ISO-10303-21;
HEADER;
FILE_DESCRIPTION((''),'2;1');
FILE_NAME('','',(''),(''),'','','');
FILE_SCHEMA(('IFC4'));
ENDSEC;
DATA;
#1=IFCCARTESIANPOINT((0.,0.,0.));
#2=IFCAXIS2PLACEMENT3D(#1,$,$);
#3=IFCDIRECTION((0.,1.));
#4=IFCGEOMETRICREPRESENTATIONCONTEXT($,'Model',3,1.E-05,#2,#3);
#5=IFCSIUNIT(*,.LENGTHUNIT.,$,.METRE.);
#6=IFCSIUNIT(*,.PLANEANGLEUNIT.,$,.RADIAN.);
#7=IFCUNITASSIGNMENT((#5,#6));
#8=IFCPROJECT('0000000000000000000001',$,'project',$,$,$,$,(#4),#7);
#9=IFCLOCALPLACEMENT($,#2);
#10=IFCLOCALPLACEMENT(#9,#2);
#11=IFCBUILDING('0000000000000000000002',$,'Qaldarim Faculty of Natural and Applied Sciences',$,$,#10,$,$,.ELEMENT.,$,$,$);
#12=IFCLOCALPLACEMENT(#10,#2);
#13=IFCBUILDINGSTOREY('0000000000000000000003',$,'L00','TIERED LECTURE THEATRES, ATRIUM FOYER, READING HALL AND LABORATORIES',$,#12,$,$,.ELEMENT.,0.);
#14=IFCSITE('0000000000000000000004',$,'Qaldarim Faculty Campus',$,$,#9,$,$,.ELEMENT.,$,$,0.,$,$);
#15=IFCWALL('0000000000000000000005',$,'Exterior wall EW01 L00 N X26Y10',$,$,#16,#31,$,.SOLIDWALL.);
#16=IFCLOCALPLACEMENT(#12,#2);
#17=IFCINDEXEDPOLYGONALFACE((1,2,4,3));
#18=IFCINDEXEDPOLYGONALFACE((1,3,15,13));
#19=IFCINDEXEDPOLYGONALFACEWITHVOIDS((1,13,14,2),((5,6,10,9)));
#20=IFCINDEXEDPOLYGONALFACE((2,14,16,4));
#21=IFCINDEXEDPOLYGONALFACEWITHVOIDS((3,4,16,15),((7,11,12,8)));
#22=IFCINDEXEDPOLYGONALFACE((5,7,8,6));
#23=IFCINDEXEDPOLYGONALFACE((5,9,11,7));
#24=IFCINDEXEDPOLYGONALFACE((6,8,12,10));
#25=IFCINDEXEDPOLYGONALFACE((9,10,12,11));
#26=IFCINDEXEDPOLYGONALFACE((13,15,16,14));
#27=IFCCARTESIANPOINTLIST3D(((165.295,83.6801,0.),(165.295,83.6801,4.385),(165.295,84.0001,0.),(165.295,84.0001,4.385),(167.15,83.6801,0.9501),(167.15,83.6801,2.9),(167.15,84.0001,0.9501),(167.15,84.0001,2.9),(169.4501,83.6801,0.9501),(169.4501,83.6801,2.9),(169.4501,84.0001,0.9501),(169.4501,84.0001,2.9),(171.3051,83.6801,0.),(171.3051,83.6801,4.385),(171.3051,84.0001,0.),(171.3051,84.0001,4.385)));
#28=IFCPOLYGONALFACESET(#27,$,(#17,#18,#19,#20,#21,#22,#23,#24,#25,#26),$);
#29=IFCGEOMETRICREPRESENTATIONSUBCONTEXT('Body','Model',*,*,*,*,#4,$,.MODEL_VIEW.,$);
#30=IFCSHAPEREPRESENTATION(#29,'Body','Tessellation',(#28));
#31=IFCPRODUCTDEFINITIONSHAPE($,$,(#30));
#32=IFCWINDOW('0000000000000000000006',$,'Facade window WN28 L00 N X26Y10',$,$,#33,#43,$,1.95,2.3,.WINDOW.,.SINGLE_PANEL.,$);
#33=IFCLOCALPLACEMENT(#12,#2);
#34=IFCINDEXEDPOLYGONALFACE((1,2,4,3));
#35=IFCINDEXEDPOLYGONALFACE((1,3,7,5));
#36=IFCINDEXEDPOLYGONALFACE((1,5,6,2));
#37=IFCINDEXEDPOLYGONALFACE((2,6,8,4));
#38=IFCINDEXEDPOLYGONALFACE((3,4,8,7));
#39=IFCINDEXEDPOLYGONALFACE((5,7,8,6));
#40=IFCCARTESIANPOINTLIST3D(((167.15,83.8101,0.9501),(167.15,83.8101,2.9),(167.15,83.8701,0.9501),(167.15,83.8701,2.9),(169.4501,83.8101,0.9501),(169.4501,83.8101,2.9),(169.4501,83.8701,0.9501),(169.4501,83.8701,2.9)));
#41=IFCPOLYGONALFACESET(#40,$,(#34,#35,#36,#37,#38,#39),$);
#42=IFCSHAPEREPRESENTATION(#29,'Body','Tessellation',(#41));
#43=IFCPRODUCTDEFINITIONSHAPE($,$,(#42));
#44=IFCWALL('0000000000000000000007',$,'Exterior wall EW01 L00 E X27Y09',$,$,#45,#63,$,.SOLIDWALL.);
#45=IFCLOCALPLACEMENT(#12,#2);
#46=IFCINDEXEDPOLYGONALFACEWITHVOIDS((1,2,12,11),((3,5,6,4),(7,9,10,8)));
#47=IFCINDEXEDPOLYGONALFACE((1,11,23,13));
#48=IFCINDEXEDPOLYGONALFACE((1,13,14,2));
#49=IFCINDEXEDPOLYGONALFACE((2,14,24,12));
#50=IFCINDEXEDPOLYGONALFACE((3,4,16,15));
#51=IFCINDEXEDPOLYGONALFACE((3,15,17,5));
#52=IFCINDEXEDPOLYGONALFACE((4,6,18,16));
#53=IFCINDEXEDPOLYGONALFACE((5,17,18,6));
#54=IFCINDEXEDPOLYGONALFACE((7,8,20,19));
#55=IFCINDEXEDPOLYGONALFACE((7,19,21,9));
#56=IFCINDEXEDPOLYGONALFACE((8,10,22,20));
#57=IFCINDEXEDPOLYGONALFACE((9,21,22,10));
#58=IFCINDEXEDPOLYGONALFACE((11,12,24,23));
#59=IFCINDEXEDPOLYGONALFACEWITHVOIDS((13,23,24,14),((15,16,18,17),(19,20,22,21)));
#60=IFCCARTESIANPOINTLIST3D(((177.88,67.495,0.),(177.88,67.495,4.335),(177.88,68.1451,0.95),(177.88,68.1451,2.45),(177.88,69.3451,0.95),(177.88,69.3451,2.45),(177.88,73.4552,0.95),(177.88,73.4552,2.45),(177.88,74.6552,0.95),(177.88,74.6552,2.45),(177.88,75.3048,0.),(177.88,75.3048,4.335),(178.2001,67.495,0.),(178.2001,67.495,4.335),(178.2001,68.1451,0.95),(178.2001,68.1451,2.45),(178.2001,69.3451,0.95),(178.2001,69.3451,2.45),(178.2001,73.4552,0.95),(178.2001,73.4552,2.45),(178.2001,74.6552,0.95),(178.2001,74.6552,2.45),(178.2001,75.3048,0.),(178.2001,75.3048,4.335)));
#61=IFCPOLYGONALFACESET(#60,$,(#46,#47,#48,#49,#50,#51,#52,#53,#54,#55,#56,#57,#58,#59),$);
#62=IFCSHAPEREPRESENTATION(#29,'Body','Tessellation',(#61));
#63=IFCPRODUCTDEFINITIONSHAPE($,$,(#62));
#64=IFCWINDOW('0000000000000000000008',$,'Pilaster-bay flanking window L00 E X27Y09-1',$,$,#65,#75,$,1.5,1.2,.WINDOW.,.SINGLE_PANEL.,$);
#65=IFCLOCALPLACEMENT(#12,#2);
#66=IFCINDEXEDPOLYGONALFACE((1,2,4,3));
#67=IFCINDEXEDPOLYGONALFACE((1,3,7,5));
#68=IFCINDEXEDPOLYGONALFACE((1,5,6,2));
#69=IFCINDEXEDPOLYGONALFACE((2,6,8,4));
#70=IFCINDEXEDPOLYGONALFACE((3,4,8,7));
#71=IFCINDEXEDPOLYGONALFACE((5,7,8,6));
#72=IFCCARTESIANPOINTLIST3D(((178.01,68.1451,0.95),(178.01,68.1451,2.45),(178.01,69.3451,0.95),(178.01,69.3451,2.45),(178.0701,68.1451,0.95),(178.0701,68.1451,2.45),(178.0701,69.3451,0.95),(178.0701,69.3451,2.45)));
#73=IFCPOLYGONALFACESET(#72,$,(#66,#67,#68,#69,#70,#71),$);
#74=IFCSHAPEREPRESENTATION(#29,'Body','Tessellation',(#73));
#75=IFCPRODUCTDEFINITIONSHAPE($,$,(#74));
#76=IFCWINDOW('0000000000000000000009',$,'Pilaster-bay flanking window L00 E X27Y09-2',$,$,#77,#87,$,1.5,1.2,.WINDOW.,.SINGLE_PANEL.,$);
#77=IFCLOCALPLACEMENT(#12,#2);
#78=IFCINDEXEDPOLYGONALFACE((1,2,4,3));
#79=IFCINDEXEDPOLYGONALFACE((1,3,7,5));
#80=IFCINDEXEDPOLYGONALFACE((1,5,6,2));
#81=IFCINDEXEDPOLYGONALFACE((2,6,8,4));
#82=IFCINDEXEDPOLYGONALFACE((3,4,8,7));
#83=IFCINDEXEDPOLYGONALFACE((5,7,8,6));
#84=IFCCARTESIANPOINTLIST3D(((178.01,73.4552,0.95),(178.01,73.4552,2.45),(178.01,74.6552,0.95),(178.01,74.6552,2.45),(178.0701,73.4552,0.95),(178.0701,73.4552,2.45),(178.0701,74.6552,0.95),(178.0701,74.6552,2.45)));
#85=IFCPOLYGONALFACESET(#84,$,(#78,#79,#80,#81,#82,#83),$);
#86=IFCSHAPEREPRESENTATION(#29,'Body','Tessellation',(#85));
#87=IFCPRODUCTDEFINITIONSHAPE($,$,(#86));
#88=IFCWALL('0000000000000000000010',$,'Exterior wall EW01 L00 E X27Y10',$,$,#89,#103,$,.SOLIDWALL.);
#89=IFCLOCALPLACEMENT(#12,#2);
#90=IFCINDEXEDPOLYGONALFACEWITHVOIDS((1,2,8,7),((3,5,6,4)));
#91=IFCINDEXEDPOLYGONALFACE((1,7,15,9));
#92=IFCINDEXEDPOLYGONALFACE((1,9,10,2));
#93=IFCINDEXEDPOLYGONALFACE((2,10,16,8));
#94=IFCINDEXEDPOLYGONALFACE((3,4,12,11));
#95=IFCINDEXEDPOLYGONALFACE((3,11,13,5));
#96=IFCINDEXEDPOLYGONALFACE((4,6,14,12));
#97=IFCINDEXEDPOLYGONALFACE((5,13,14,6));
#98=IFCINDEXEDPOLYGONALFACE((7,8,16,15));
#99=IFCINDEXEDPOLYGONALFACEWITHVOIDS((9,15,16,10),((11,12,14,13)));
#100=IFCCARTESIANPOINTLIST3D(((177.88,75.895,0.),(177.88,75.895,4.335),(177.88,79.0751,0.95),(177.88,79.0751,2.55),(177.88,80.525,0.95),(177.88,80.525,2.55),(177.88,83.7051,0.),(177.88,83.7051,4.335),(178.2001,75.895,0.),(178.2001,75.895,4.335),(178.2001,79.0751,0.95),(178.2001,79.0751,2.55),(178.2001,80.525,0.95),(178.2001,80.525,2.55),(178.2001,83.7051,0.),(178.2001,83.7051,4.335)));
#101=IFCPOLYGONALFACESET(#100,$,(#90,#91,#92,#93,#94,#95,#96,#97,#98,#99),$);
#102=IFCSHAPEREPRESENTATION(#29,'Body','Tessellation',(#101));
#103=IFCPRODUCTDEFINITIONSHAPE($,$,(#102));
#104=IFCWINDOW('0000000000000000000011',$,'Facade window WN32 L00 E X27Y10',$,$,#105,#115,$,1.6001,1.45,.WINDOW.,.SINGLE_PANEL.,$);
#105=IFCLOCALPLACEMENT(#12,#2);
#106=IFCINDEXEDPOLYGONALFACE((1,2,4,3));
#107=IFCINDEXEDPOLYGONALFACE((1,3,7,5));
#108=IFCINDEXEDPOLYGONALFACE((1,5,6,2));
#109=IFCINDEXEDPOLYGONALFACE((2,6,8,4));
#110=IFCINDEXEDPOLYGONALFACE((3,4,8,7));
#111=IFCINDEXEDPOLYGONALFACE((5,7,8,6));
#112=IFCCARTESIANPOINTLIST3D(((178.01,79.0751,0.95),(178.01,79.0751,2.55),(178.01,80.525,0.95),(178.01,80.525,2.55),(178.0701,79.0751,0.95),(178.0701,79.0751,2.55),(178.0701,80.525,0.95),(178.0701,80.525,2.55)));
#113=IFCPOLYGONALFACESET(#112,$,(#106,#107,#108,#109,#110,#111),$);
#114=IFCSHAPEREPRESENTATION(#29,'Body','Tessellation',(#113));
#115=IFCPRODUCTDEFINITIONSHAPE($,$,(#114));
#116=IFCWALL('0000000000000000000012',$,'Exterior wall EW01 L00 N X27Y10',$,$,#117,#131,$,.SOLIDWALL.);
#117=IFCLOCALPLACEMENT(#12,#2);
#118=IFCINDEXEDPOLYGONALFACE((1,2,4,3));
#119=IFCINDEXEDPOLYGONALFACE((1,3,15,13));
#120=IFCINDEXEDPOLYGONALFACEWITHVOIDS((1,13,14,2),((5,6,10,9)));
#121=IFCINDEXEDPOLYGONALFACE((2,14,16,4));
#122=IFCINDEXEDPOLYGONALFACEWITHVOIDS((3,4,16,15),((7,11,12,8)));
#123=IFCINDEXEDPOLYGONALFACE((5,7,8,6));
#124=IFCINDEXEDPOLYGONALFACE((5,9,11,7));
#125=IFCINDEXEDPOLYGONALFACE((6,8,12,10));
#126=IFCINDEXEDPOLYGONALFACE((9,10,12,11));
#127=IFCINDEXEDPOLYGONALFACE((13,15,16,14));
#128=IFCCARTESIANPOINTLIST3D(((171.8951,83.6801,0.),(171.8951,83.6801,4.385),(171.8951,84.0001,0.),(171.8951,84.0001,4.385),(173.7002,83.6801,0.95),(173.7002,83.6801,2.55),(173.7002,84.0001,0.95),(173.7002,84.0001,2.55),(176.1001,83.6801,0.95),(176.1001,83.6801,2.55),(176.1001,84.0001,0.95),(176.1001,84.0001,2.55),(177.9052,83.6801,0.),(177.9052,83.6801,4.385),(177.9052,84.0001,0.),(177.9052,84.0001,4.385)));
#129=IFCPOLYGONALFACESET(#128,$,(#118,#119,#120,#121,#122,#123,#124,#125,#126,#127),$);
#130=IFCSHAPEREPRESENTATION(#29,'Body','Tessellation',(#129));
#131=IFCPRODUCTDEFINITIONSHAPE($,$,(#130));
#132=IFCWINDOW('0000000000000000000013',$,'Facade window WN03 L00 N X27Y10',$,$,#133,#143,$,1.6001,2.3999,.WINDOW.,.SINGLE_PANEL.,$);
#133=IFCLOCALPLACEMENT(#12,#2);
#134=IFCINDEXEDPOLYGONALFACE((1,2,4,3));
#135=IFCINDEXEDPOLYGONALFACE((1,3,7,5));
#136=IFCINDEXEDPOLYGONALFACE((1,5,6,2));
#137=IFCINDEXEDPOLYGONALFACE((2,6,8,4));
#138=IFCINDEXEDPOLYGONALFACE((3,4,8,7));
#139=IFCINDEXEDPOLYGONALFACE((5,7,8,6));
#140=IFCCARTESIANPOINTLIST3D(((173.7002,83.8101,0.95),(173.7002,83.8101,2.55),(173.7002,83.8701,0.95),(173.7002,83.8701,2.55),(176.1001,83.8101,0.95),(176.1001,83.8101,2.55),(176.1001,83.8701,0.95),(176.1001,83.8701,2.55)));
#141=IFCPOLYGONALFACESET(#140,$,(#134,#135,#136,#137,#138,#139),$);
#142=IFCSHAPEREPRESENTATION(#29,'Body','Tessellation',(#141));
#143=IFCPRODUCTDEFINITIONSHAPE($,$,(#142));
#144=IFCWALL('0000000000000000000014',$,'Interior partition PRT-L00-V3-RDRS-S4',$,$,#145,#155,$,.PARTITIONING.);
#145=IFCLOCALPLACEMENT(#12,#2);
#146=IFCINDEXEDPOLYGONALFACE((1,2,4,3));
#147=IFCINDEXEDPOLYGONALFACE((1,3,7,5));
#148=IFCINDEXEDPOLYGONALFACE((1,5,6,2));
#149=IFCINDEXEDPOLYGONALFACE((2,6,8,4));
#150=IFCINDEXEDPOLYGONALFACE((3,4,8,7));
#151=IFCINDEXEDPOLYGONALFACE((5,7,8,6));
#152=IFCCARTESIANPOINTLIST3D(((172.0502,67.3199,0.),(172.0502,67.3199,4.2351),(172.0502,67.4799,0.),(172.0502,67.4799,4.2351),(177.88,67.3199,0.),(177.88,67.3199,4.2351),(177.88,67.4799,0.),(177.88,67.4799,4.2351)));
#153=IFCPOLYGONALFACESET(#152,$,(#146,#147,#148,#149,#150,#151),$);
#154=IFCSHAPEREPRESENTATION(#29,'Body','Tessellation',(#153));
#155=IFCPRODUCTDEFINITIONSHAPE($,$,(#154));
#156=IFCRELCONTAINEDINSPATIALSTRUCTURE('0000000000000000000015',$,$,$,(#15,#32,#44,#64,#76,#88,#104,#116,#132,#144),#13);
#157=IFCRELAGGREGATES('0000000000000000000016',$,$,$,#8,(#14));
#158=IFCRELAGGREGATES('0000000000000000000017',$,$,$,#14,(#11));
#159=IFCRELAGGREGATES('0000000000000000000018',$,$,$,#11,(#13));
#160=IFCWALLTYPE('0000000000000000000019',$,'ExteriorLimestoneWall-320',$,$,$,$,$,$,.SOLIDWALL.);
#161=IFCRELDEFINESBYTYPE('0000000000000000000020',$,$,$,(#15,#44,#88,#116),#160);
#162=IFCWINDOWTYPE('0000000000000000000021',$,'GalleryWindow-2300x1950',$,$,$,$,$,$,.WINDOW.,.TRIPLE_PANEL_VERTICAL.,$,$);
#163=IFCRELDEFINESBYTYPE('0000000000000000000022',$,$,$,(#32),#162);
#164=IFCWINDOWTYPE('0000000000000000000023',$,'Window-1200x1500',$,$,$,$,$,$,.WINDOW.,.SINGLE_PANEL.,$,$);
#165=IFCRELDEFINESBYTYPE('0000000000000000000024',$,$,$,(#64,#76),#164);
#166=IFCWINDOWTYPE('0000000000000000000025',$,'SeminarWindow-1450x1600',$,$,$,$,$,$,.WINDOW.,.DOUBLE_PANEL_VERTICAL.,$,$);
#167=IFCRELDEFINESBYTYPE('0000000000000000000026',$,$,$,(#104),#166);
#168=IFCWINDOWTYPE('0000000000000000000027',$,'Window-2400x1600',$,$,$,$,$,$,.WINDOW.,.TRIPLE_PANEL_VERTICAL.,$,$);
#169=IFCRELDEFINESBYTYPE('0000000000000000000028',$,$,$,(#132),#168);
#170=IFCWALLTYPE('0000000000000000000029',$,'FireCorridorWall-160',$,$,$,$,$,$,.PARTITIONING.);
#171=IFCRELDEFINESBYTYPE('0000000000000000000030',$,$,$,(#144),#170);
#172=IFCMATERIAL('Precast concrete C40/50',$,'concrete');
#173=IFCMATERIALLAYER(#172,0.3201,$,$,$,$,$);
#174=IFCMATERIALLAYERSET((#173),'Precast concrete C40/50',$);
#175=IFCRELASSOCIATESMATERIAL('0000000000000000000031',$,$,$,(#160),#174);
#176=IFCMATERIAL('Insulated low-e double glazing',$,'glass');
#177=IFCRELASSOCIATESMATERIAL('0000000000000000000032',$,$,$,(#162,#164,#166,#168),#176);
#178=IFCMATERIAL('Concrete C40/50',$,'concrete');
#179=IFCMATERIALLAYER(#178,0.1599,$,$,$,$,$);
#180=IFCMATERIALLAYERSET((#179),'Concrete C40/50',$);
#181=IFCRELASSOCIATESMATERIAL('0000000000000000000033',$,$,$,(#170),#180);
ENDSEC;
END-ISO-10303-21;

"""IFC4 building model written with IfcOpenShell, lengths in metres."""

from ifc_helpers import new_model, si_unit, direction, frame, frame_2d, origin, place, context, subcontext, project, spatial, rectangle, extrude, material, layer, layer_set, type_object, element, fill, save


model = new_model("IFC4")

# Units and contexts
model_context = context("Model", 3, precision=1e-05, world=origin(), true_north=direction((0.0, 1.0)))
body_context = subcontext(model_context, "Body", "Model", "MODEL_VIEW")
ifc_project = project(units=[si_unit("LENGTHUNIT", "METRE"), si_unit("PLANEANGLEUNIT", "RADIAN")], contexts=[model_context])

# Site, building, storey
site_placement = place(None, origin())
site = spatial("IfcSite", under=ifc_project, at=site_placement, Name="Qaldarim Faculty Campus", CompositionType="ELEMENT", RefElevation=0.0)
building_placement = place(site_placement, origin())
building = spatial("IfcBuilding", under=site, at=building_placement, Name="Qaldarim Faculty of Natural and Applied Sciences", CompositionType="ELEMENT")
storey_placement = place(building_placement, origin())
storey = spatial("IfcBuildingStorey", under=building, at=storey_placement, Name="L00", Description="TIERED LECTURE THEATRES, ATRIUM FOYER, READING HALL AND LABORATORIES", CompositionType="ELEMENT", Elevation=0.0)

# Shared definitions
ifc_material_1 = material(Name="Concrete C40/50", Category="concrete")

# Wall, opening, window
ifc_material_2 = material(Name="Precast concrete C40/50", Category="concrete")
ifc_layer_1 = layer(ifc_material_2, 0.3201)
ifc_layer_set_1 = layer_set([ifc_layer_1], Name="Precast concrete C40/50")
wall_type_1 = type_object("IfcWallType", Name="ExteriorLimestoneWall-320", PredefinedType="SOLIDWALL", material=ifc_layer_set_1)
wall_1_placement = place(storey_placement, frame((171.3049, 83.8401, 0.0), z_axis=(0.0, 0.0, 1.0), x_axis=(-1.0, 0.0, 0.0)))
wall_1 = element("IfcWall", 1, at=wall_1_placement, inside=storey, type_object=wall_type_1, Name="Exterior wall EW01 L00 N X26Y10", PredefinedType="SOLIDWALL", context=body_context, shape_type="SweptSolid", body=[
    extrude(rectangle(XDim=6.01, YDim=0.3201, at=frame_2d((3.0049, 0.0))), origin(), (0.0, 0.0, 1.0), 4.385),
])
opening_1_placement = place(wall_1_placement, frame((1.855, 0.0, 0.95)))
opening_1 = element("IfcOpeningElement", 2, at=opening_1_placement, cuts=wall_1, PredefinedType="OPENING", context=body_context, shape_type="SweptSolid", body=[
    extrude(rectangle(XDim=2.3, YDim=1.95, at=frame_2d((1.1499, 0.9751))), frame((0.0, 0.1699, 0.0), z_axis=(0.0, -1.0, 0.0), x_axis=(1.0, 0.0, 0.0)), (0.0, 0.0, 1.0), 0.3401),
])
ifc_material_3 = material(Name="Insulated low-e double glazing", Category="glass")
window_type_1 = type_object("IfcWindowType", Name="GalleryWindow-2300x1950", PartitioningType="TRIPLE_PANEL_VERTICAL", PredefinedType="WINDOW", material=ifc_material_3)
window_1_placement = place(opening_1_placement, origin())
window_1 = element("IfcWindow", 3, at=window_1_placement, inside=storey, type_object=window_type_1, Name="Facade window WN28 L00 N X26Y10", OverallHeight=1.95, OverallWidth=2.3, PartitioningType="SINGLE_PANEL", PredefinedType="WINDOW", context=body_context, shape_type="SweptSolid", body=[
    extrude(rectangle(XDim=2.3, YDim=1.95, at=frame_2d((1.1499, 0.9751))), frame((0.0, 0.03, 0.0), z_axis=(0.0, -1.0, 0.0), x_axis=(1.0, 0.0, 0.0)), (0.0, 0.0, 1.0), 0.0601),
])
fill(opening_1, window_1)

# Wall, openings, windows
wall_2_placement = place(storey_placement, frame((178.04, 67.4951, 0.0), z_axis=(0.0, 0.0, 1.0), x_axis=(0.0, 1.0, 0.0)))
wall_2 = element("IfcWall", 4, at=wall_2_placement, inside=storey, type_object=wall_type_1, Name="Exterior wall EW01 L00 E X27Y09", PredefinedType="SOLIDWALL", context=body_context, shape_type="SweptSolid", body=[
    extrude(rectangle(XDim=7.8098, YDim=0.3201, at=frame_2d((3.9048, 0.0))), origin(), (0.0, 0.0, 1.0), 4.335),
])
opening_2_placement = place(wall_2_placement, frame((0.6499, 0.0, 0.95)))
opening_2 = element("IfcOpeningElement", 5, at=opening_2_placement, cuts=wall_2, PredefinedType="OPENING", context=body_context, shape_type="SweptSolid", body=[
    extrude(rectangle(XDim=1.2, YDim=1.5, at=frame_2d((0.6001, 0.75))), frame((0.0, 0.1699, 0.0), z_axis=(0.0, -1.0, 0.0), x_axis=(1.0, 0.0, 0.0)), (0.0, 0.0, 1.0), 0.3401),
])
opening_3_placement = place(wall_2_placement, frame((5.96, 0.0, 0.95)))
opening_3 = element("IfcOpeningElement", 6, at=opening_3_placement, cuts=wall_2, PredefinedType="OPENING", context=body_context, shape_type="SweptSolid", body=[
    extrude(rectangle(XDim=1.2, YDim=1.5, at=frame_2d((0.6001, 0.75))), frame((0.0, 0.1699, 0.0), z_axis=(0.0, -1.0, 0.0), x_axis=(1.0, 0.0, 0.0)), (0.0, 0.0, 1.0), 0.3401),
])
window_type_2 = type_object("IfcWindowType", Name="Window-1200x1500", PartitioningType="SINGLE_PANEL", PredefinedType="WINDOW", material=ifc_material_3)
window_2_placement = place(opening_2_placement, origin())
window_2 = element("IfcWindow", 7, at=window_2_placement, inside=storey, type_object=window_type_2, Name="Pilaster-bay flanking window L00 E X27Y09-1", OverallHeight=1.5, OverallWidth=1.2, PartitioningType="SINGLE_PANEL", PredefinedType="WINDOW", context=body_context, shape_type="SweptSolid", body=[
    extrude(rectangle(XDim=1.2, YDim=1.5, at=frame_2d((0.6001, 0.75))), frame((0.0, 0.03, 0.0), z_axis=(0.0, -1.0, 0.0), x_axis=(1.0, 0.0, 0.0)), (0.0, 0.0, 1.0), 0.0601),
])
fill(opening_2, window_2)
window_3_placement = place(opening_3_placement, origin())
window_3 = element("IfcWindow", 8, at=window_3_placement, inside=storey, type_object=window_type_2, Name="Pilaster-bay flanking window L00 E X27Y09-2", OverallHeight=1.5, OverallWidth=1.2, PartitioningType="SINGLE_PANEL", PredefinedType="WINDOW", context=body_context, shape_type="SweptSolid", body=[
    extrude(rectangle(XDim=1.2, YDim=1.5, at=frame_2d((0.6001, 0.75))), frame((0.0, 0.03, 0.0), z_axis=(0.0, -1.0, 0.0), x_axis=(1.0, 0.0, 0.0)), (0.0, 0.0, 1.0), 0.0601),
])
fill(opening_3, window_3)

# Walls, openings, windows
wall_3_placement = place(storey_placement, frame((178.04, 75.895, 0.0), z_axis=(0.0, 0.0, 1.0), x_axis=(0.0, 1.0, 0.0)))
wall_3 = element("IfcWall", 9, at=wall_3_placement, inside=storey, type_object=wall_type_1, Name="Exterior wall EW01 L00 E X27Y10", PredefinedType="SOLIDWALL", context=body_context, shape_type="SweptSolid", body=[
    extrude(rectangle(XDim=7.8101, YDim=0.3201, at=frame_2d((3.905, 0.0))), origin(), (0.0, 0.0, 1.0), 4.335),
])
opening_4_placement = place(wall_3_placement, frame((3.1799, 0.0, 0.95)))
opening_4 = element("IfcOpeningElement", 10, at=opening_4_placement, cuts=wall_3, PredefinedType="OPENING", context=body_context, shape_type="SweptSolid", body=[
    extrude(rectangle(XDim=1.45, YDim=1.6001, at=frame_2d((0.7251, 0.8))), frame((0.0, 0.1699, 0.0), z_axis=(0.0, -1.0, 0.0), x_axis=(1.0, 0.0, 0.0)), (0.0, 0.0, 1.0), 0.3401),
])
window_type_3 = type_object("IfcWindowType", Name="SeminarWindow-1450x1600", PartitioningType="DOUBLE_PANEL_VERTICAL", PredefinedType="WINDOW", material=ifc_material_3)
window_4_placement = place(opening_4_placement, origin())
window_4 = element("IfcWindow", 11, at=window_4_placement, inside=storey, type_object=window_type_3, Name="Facade window WN32 L00 E X27Y10", OverallHeight=1.6001, OverallWidth=1.45, PartitioningType="SINGLE_PANEL", PredefinedType="WINDOW", context=body_context, shape_type="SweptSolid", body=[
    extrude(rectangle(XDim=1.45, YDim=1.6001, at=frame_2d((0.7251, 0.8))), frame((0.0, 0.03, 0.0), z_axis=(0.0, -1.0, 0.0), x_axis=(1.0, 0.0, 0.0)), (0.0, 0.0, 1.0), 0.0601),
])
fill(opening_4, window_4)
wall_4_placement = place(storey_placement, frame((177.905, 83.8401, 0.0), z_axis=(0.0, 0.0, 1.0), x_axis=(-1.0, 0.0, 0.0)))
wall_4 = element("IfcWall", 12, at=wall_4_placement, inside=storey, type_object=wall_type_1, Name="Exterior wall EW01 L00 N X27Y10", PredefinedType="SOLIDWALL", context=body_context, shape_type="SweptSolid", body=[
    extrude(rectangle(XDim=6.01, YDim=0.3201, at=frame_2d((3.0049, 0.0))), origin(), (0.0, 0.0, 1.0), 4.385),
])
opening_5_placement = place(wall_4_placement, frame((1.8049, 0.0, 0.95)))
opening_5 = element("IfcOpeningElement", 13, at=opening_5_placement, cuts=wall_4, PredefinedType="OPENING", context=body_context, shape_type="SweptSolid", body=[
    extrude(rectangle(XDim=2.3999, YDim=1.6001, at=frame_2d((1.2, 0.8))), frame((0.0, 0.1699, 0.0), z_axis=(0.0, -1.0, 0.0), x_axis=(1.0, 0.0, 0.0)), (0.0, 0.0, 1.0), 0.3401),
])
window_type_4 = type_object("IfcWindowType", Name="Window-2400x1600", PartitioningType="TRIPLE_PANEL_VERTICAL", PredefinedType="WINDOW", material=ifc_material_3)
window_5_placement = place(opening_5_placement, origin())
window_5 = element("IfcWindow", 14, at=window_5_placement, inside=storey, type_object=window_type_4, Name="Facade window WN03 L00 N X27Y10", OverallHeight=1.6001, OverallWidth=2.3999, PartitioningType="SINGLE_PANEL", PredefinedType="WINDOW", context=body_context, shape_type="SweptSolid", body=[
    extrude(rectangle(XDim=2.3999, YDim=1.6001, at=frame_2d((1.2, 0.8))), frame((0.0, 0.03, 0.0), z_axis=(0.0, -1.0, 0.0), x_axis=(1.0, 0.0, 0.0)), (0.0, 0.0, 1.0), 0.0601),
])
fill(opening_5, window_5)

# Wall
ifc_layer_2 = layer(ifc_material_1, 0.1599)
ifc_layer_set_2 = layer_set([ifc_layer_2], Name="Concrete C40/50")
wall_type_2 = type_object("IfcWallType", Name="FireCorridorWall-160", PredefinedType="PARTITIONING", material=ifc_layer_set_2)
wall_5_placement = place(storey_placement, frame((172.05, 67.3999, 0.0), z_axis=(0.0, 0.0, 1.0), x_axis=(1.0, 0.0, 0.0)))
element("IfcWall", 15, at=wall_5_placement, inside=storey, type_object=wall_type_2, Name="Interior partition PRT-L00-V3-RDRS-S4", PredefinedType="PARTITIONING", context=body_context, shape_type="SweptSolid", body=[
    extrude(rectangle(XDim=5.8298, YDim=0.1599, at=frame_2d((2.915, 0.0))), origin(), (0.0, 0.0, 1.0), 4.2351),
])

save(model, "model.ifc")
